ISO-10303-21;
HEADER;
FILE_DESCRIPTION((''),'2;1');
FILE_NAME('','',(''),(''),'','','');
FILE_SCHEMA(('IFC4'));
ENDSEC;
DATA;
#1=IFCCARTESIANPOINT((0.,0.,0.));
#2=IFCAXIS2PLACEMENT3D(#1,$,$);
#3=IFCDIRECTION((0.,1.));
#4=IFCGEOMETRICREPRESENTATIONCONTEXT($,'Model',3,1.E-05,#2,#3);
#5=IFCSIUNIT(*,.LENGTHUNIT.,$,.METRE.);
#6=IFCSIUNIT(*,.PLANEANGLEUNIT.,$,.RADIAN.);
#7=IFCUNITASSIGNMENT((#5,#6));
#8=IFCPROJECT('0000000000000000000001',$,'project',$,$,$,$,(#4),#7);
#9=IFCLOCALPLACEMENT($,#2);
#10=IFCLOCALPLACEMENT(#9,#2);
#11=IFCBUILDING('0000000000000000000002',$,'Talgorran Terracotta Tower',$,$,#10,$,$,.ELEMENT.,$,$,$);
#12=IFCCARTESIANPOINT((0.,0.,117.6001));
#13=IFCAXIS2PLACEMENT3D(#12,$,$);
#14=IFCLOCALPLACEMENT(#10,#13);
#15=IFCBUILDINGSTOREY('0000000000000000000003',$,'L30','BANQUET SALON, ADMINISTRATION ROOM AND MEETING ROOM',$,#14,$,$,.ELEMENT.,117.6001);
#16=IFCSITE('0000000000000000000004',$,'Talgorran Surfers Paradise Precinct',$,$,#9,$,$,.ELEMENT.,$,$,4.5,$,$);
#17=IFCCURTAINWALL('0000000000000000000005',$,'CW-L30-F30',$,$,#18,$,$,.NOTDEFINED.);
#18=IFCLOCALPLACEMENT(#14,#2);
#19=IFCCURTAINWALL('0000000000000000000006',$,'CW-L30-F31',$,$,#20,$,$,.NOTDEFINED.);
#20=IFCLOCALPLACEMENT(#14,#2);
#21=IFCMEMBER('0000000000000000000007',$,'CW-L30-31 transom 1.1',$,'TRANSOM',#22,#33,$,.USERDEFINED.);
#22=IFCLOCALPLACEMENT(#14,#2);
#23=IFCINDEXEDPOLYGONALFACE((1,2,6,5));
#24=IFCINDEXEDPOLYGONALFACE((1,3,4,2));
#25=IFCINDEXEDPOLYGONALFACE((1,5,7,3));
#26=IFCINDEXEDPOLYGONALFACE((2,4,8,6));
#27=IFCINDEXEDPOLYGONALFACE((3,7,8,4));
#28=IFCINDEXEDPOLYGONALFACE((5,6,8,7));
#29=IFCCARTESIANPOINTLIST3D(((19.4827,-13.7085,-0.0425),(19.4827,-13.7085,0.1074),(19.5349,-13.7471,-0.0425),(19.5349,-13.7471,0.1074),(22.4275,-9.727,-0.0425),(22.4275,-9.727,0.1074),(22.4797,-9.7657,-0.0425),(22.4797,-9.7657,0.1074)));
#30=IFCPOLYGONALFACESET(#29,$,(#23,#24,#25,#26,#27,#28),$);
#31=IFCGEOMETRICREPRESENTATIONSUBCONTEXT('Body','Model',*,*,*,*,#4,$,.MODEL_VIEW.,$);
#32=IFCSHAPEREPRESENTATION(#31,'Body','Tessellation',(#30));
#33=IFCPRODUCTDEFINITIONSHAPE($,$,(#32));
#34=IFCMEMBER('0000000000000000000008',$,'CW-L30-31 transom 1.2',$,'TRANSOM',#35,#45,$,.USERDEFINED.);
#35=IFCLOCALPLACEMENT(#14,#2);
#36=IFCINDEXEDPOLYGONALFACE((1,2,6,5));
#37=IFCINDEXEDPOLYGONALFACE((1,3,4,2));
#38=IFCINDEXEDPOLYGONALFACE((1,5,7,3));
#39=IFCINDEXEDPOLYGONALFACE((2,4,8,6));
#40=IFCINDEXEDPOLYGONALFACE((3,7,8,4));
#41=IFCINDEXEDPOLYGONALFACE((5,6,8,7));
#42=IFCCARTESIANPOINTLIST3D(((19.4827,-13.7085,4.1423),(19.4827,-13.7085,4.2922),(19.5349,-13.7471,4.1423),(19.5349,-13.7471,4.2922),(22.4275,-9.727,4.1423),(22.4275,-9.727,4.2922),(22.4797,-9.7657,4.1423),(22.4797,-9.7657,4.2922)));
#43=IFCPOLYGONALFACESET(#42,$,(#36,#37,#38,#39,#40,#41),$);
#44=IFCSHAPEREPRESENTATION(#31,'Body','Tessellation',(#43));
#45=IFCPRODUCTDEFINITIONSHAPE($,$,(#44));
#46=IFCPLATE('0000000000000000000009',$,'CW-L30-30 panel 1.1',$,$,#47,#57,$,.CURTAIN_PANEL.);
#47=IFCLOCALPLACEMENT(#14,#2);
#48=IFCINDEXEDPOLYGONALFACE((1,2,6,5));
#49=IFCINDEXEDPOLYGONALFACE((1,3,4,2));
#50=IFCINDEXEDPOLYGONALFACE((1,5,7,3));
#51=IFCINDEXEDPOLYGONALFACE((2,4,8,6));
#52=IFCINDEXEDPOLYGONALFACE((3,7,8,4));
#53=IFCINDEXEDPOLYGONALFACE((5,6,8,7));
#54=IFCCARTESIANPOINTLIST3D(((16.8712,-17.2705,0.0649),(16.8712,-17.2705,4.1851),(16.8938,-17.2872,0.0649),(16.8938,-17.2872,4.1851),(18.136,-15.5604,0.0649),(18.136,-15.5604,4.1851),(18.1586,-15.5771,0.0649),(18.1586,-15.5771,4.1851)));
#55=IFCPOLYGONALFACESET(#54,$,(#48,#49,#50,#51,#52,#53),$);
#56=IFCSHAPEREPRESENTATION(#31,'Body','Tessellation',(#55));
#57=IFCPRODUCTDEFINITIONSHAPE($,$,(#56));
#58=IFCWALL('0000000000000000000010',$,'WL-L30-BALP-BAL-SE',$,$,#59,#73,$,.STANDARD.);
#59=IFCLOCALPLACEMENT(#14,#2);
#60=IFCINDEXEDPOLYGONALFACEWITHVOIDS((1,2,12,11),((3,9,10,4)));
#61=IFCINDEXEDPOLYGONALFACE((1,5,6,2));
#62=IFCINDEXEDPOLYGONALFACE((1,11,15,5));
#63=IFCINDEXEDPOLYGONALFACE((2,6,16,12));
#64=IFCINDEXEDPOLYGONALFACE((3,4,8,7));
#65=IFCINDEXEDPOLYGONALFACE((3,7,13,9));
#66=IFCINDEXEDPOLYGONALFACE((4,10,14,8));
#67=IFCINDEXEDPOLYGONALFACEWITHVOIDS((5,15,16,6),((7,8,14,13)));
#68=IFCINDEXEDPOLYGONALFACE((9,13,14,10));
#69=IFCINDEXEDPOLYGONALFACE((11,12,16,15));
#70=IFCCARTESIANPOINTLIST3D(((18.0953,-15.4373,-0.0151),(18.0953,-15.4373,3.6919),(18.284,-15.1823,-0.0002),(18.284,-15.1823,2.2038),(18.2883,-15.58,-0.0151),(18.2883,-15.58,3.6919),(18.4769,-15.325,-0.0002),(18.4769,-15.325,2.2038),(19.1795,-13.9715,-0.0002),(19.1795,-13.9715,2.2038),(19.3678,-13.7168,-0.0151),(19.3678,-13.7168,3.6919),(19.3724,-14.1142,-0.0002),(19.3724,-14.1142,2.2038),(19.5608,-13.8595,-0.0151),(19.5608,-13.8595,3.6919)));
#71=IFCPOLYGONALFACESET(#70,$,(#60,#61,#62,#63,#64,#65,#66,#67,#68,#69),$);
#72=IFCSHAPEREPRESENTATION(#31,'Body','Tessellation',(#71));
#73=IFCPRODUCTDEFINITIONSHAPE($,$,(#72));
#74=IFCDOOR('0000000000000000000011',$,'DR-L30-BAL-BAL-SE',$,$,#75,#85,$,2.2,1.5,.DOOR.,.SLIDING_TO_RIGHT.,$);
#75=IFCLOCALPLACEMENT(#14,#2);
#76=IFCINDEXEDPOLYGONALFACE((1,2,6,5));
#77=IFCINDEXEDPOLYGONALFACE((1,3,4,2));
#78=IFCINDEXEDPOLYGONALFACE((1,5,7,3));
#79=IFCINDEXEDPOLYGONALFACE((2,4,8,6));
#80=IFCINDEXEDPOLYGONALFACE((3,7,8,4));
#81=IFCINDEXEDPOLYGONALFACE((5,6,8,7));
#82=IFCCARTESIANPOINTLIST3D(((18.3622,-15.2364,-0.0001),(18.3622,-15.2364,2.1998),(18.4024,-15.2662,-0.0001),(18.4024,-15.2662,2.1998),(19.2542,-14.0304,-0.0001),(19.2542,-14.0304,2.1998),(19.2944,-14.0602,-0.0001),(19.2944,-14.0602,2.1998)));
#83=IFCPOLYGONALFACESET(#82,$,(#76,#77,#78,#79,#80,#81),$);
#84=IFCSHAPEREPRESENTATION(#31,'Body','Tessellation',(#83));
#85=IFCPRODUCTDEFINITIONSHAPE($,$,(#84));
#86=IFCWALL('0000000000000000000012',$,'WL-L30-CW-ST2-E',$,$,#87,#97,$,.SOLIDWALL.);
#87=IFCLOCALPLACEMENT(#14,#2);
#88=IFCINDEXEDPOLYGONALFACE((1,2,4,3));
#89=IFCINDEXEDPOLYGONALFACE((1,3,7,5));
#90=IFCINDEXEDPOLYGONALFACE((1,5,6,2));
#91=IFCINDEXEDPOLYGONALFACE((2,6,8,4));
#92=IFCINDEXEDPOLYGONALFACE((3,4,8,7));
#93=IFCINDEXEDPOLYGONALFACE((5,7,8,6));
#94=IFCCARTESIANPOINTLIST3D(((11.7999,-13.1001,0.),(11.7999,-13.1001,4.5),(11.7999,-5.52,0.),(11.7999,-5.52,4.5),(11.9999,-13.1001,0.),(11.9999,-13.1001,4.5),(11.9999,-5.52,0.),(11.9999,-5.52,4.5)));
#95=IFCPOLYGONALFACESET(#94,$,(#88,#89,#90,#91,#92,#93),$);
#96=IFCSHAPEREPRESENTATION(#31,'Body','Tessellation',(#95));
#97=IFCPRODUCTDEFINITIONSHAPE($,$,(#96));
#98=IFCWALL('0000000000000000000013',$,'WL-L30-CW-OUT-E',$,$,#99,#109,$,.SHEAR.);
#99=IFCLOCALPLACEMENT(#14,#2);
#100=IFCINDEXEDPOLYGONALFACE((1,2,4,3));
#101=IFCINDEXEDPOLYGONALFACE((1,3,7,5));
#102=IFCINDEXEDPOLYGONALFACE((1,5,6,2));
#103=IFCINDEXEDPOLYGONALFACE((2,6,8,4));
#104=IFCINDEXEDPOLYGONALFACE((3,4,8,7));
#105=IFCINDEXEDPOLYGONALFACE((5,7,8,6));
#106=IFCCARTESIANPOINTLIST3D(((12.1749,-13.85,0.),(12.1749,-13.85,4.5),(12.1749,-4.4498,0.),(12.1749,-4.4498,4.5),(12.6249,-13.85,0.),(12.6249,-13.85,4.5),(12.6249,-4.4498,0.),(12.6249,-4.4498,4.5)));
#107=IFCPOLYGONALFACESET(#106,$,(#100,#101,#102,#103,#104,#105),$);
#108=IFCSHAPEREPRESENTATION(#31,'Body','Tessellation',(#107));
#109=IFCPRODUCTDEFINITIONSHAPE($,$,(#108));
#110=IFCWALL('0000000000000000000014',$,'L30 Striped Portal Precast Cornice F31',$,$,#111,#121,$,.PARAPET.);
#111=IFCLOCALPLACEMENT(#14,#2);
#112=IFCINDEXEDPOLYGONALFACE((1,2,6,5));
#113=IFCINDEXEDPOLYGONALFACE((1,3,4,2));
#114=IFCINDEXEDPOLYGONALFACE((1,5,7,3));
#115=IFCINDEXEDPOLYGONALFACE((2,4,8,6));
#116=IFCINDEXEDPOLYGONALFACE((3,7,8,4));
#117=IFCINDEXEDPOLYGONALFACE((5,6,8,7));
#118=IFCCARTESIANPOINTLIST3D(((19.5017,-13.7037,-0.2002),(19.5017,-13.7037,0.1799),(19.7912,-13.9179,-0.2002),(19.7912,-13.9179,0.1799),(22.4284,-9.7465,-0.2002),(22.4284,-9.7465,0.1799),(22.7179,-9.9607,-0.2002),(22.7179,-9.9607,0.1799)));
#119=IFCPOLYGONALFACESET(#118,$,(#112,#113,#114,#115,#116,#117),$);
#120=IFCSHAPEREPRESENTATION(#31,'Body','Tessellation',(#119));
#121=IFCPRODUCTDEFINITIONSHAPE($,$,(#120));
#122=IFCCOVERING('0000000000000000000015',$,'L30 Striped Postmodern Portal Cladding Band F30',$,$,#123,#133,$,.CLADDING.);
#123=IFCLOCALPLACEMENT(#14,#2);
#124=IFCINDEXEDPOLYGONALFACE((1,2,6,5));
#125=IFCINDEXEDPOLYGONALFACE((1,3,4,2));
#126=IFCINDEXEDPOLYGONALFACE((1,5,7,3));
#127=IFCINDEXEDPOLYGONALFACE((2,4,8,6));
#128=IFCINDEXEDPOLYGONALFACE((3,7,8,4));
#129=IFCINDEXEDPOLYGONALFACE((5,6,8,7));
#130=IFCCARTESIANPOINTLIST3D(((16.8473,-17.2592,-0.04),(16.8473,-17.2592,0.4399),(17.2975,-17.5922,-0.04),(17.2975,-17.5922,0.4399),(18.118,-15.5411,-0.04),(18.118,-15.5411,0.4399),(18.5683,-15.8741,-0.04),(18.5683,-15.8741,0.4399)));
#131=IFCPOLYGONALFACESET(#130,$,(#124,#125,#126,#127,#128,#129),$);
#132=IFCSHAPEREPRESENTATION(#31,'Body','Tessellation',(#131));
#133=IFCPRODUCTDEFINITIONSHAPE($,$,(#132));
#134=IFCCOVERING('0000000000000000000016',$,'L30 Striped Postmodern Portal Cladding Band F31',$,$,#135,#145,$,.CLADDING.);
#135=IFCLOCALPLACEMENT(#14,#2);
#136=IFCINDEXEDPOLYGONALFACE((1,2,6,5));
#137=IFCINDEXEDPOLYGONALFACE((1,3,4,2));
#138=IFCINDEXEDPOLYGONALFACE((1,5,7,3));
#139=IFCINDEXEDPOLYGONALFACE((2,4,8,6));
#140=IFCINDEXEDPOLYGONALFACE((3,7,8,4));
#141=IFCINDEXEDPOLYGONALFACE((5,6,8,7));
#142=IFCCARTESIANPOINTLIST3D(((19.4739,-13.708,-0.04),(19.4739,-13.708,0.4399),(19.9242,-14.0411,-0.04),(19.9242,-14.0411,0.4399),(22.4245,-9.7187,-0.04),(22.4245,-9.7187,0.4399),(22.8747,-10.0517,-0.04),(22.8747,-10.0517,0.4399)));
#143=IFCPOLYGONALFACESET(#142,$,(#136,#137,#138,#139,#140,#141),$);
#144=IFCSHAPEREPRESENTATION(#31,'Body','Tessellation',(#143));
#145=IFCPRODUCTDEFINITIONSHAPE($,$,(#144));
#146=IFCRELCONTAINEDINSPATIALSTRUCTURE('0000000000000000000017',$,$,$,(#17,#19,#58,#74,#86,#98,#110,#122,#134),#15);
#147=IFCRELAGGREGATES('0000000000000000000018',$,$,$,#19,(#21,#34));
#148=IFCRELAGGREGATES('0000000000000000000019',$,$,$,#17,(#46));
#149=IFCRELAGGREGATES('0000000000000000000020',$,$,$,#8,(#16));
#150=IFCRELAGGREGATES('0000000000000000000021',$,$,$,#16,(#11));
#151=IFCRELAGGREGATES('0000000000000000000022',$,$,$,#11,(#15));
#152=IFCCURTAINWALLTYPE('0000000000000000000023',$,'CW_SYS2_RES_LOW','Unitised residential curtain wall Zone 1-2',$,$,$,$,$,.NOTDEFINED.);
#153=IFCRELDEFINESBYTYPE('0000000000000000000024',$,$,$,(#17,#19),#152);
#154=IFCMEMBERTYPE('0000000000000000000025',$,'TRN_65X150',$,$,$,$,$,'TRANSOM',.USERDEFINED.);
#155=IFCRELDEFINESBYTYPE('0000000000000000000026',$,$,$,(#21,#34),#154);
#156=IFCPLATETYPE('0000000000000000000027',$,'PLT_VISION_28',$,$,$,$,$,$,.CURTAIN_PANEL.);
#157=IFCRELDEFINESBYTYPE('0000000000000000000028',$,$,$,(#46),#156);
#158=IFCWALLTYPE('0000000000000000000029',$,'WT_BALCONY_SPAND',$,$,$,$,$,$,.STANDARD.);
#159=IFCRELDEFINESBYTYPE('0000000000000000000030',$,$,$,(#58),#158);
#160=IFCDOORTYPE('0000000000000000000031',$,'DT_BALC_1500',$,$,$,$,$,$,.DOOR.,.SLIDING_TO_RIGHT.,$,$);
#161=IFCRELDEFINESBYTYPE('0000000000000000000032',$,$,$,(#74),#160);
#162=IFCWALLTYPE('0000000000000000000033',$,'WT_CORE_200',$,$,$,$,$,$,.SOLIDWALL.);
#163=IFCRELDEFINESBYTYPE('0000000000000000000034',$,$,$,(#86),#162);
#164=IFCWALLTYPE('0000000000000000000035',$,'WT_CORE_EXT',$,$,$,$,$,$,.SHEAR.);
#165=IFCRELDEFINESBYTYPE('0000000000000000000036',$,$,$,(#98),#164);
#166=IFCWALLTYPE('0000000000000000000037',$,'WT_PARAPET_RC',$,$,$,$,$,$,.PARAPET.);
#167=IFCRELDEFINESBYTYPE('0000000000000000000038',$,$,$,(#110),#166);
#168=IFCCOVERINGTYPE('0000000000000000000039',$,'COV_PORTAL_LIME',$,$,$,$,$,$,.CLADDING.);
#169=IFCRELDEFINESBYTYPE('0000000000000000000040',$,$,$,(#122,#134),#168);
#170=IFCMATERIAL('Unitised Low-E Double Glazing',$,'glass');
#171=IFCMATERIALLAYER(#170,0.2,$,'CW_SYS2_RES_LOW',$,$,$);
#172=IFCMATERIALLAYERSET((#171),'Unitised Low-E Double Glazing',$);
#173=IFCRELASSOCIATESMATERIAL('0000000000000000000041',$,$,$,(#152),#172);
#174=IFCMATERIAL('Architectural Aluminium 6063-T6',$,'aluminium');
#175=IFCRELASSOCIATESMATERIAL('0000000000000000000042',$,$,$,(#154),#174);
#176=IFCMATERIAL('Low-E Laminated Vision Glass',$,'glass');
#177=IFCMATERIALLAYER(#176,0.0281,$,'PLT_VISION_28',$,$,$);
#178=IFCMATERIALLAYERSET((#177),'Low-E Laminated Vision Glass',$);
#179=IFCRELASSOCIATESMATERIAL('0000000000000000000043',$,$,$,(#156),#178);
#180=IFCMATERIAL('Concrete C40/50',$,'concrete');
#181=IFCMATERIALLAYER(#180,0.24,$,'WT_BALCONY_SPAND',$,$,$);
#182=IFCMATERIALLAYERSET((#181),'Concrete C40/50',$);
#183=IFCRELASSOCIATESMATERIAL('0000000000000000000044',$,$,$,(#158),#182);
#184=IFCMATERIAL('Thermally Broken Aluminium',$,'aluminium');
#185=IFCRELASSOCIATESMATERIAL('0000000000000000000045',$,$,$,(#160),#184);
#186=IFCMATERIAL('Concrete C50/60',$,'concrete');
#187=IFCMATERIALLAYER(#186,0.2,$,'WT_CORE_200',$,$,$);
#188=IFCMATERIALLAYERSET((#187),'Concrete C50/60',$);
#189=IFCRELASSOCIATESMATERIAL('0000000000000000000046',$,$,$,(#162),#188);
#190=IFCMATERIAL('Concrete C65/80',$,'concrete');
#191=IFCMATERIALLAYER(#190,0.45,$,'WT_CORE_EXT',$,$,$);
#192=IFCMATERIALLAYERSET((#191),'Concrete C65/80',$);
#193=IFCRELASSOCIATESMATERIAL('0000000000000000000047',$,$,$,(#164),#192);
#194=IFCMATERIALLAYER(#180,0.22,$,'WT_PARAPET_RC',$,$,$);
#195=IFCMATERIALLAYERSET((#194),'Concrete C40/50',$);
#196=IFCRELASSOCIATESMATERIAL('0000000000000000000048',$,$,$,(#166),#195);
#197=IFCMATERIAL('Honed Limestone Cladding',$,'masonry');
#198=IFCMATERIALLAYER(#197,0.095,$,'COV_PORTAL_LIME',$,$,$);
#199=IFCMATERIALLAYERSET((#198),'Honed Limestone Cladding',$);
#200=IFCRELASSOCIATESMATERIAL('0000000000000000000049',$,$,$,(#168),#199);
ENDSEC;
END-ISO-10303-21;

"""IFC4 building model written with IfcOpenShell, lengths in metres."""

from ifc_helpers import new_model, si_unit, direction, frame, frame_2d, origin, origin_2d, place, context, subcontext, project, spatial, rectangle, extrude, source, transform, mapped, material, layer, layer_set, material_profile, profile_set, type_object, type_shapes, element, fill, aggregate, save


model = new_model("IFC4")

# Units and contexts
model_context = context("Model", 3, precision=1e-05, world=origin(), true_north=direction((0.0, 1.0)))
body_context = subcontext(model_context, "Body", "Model", "MODEL_VIEW")
ifc_project = project(units=[si_unit("LENGTHUNIT", "METRE"), si_unit("PLANEANGLEUNIT", "RADIAN")], contexts=[model_context])

# Site, building, storey
site_placement = place(None, origin())
site = spatial("IfcSite", under=ifc_project, at=site_placement, Name="Talgorran Surfers Paradise Precinct", CompositionType="ELEMENT", RefElevation=4.5)
building_placement = place(site_placement, origin())
building = spatial("IfcBuilding", under=site, at=building_placement, Name="Talgorran Terracotta Tower", CompositionType="ELEMENT")
storey_placement = place(building_placement, frame((0.0, 0.0, 117.6001)))
storey = spatial("IfcBuildingStorey", under=building, at=storey_placement, Name="L30", Description="BANQUET SALON, ADMINISTRATION ROOM AND MEETING ROOM", CompositionType="ELEMENT", Elevation=117.6001)

# Shared definitions
ifc_material_1 = material(Name="Unitised Low-E Double Glazing", Category="glass")
ifc_layer_1 = layer(ifc_material_1, 0.2, Name="CW_SYS2_RES_LOW")
ifc_layer_set_1 = layer_set([ifc_layer_1], Name="Unitised Low-E Double Glazing")
curtain_wall_type = type_object("IfcCurtainWallType", Name="CW_SYS2_RES_LOW", Description="Unitised residential curtain wall Zone 1-2", PredefinedType="NOTDEFINED", material=ifc_layer_set_1)
ifc_material_2 = material(Name="Architectural Aluminium 6063-T6", Category="aluminium")

# Curtain wall
curtain_wall_1_placement = place(storey_placement, origin())
curtain_wall_1 = element("IfcCurtainWall", 1, at=curtain_wall_1_placement, inside=storey, type_object=curtain_wall_type, Name="CW-L30-F30", PredefinedType="NOTDEFINED")

# Curtain wall
curtain_wall_2_placement = place(storey_placement, origin())
curtain_wall_2 = element("IfcCurtainWall", 2, at=curtain_wall_2_placement, inside=storey, type_object=curtain_wall_type, Name="CW-L30-F31", PredefinedType="NOTDEFINED")

# Members
ifc_material_profile_1 = material_profile(ifc_material_2, rectangle(XDim=0.0649, YDim=0.1499, at=origin_2d()), Name="CWT65X150")
ifc_profile_set_1 = profile_set([ifc_material_profile_1], Name="Architectural Aluminium 6063-T6")
member_type_1 = type_object("IfcMemberType", Name="TRN_65X150", ElementType="TRANSOM", PredefinedType="USERDEFINED", material=ifc_profile_set_1)
member_1_placement = place(storey_placement, frame((19.5088, -13.7278, 0.0325), z_axis=(0.594654, 0.803981, 0.0), x_axis=(-0.803981, 0.594654, 0.0)))
member_1 = element("IfcMember", 3, at=member_1_placement, type_object=member_type_1, Name="CW-L30-31 transom 1.1", ObjectType="TRANSOM", PredefinedType="USERDEFINED", context=body_context, shape_type="SweptSolid", body=[
    extrude(rectangle(XDim=0.0649, YDim=0.1499, at=origin_2d()), origin(), (0.0, 0.0, 1.0), 4.9521),
])
member_2_placement = place(storey_placement, frame((19.5088, -13.7278, 4.2173), z_axis=(0.594654, 0.803981, 0.0), x_axis=(-0.803981, 0.594654, 0.0)))
member_2 = element("IfcMember", 4, at=member_2_placement, type_object=member_type_1, Name="CW-L30-31 transom 1.2", ObjectType="TRANSOM", PredefinedType="USERDEFINED", context=body_context, shape_type="SweptSolid", body=[
    extrude(rectangle(XDim=0.0649, YDim=0.1499, at=origin_2d()), origin(), (0.0, 0.0, 1.0), 4.9521),
])
aggregate(curtain_wall_2, [member_1, member_2])

# Plate
ifc_material_3 = material(Name="Low-E Laminated Vision Glass", Category="glass")
ifc_layer_2 = layer(ifc_material_3, 0.0281, Name="PLT_VISION_28")
ifc_layer_set_2 = layer_set([ifc_layer_2], Name="Low-E Laminated Vision Glass")
plate_type = type_object("IfcPlateType", Name="PLT_VISION_28", PredefinedType="CURTAIN_PANEL", material=ifc_layer_set_2)
shared_shape = source(origin(), body_context, "Body", "SweptSolid", [
    extrude(rectangle(XDim=2.127, YDim=0.0281, at=origin_2d()), origin(), (0.0, 0.0, 1.0), 4.1201),
])
type_shapes(plate_type, [shared_shape])
plate_placement = place(storey_placement, frame((17.5149, -16.4238, 0.0649), z_axis=(0.0, 0.0, 1.0), x_axis=(0.594634, 0.803997, 0.0)))
plate = element("IfcPlate", 5, at=plate_placement, type_object=plate_type, Name="CW-L30-30 panel 1.1", PredefinedType="CURTAIN_PANEL", context=body_context, shape_type="MappedRepresentation", body=[
    mapped(shared_shape, transform((0.0, 0.0, 0.0), scale=1.0)),
])
aggregate(curtain_wall_1, [plate])

# Wall, opening, door
ifc_material_4 = material(Name="Concrete C40/50", Category="concrete")
ifc_layer_3 = layer(ifc_material_4, 0.24, Name="WT_BALCONY_SPAND")
ifc_layer_set_3 = layer_set([ifc_layer_3], Name="Concrete C40/50")
wall_type_1 = type_object("IfcWallType", Name="WT_BALCONY_SPAND", PredefinedType="STANDARD", material=ifc_layer_set_3)
wall_1_placement = place(storey_placement, frame((18.1919, -15.5085, -0.0151), z_axis=(0.0, 0.0, 1.0), x_axis=(0.594638, 0.803994, 0.0)))
wall_1 = element("IfcWall", 6, at=wall_1_placement, inside=storey, type_object=wall_type_1, Name="WL-L30-BALP-BAL-SE", PredefinedType="STANDARD", context=body_context, shape_type="SweptSolid", body=[
    extrude(rectangle(XDim=2.1399, YDim=0.24, at=frame_2d((1.0698, 0.0))), origin(), (0.0, 0.0, 1.0), 3.707),
])
opening_placement = place(wall_1_placement, frame((0.3201, 0.0, 0.0149)))
opening = element("IfcOpeningElement", 7, at=opening_placement, cuts=wall_1, PredefinedType="OPENING", context=body_context, shape_type="SweptSolid", body=[
    extrude(rectangle(XDim=1.506, YDim=2.204, at=frame_2d((0.75, 1.1021))), frame((0.0, 0.1299, 0.0), z_axis=(0.0, -1.0, 0.0), x_axis=(1.0, 0.0, 0.0)), (0.0, 0.0, 1.0), 0.26),
])
ifc_material_5 = material(Name="Thermally Broken Aluminium", Category="aluminium")
door_type = type_object("IfcDoorType", Name="DT_BALC_1500", OperationType="SLIDING_TO_RIGHT", PredefinedType="DOOR", material=ifc_material_5)
door_placement = place(opening_placement, origin())
door = element("IfcDoor", 8, at=door_placement, inside=storey, type_object=door_type, Name="DR-L30-BAL-BAL-SE", OperationType="SLIDING_TO_RIGHT", OverallHeight=2.2, OverallWidth=1.5, PredefinedType="DOOR", context=body_context, shape_type="SweptSolid", body=[
    extrude(rectangle(XDim=1.5, YDim=2.2, at=frame_2d((0.75, 1.1001))), frame((0.0, 0.0249, 0.0), z_axis=(0.0, -1.0, 0.0), x_axis=(1.0, 0.0, 0.0)), (0.0, 0.0, 1.0), 0.05),
])
fill(opening, door)

# Walls
ifc_material_6 = material(Name="Concrete C50/60", Category="concrete")
ifc_layer_4 = layer(ifc_material_6, 0.2, Name="WT_CORE_200")
ifc_layer_set_4 = layer_set([ifc_layer_4], Name="Concrete C50/60")
wall_type_2 = type_object("IfcWallType", Name="WT_CORE_200", PredefinedType="SOLIDWALL", material=ifc_layer_set_4)
wall_2_placement = place(storey_placement, frame((11.8999, -13.1001, 0.0), z_axis=(0.0, 0.0, 1.0), x_axis=(0.0, 1.0, 0.0)))
element("IfcWall", 9, at=wall_2_placement, inside=storey, type_object=wall_type_2, Name="WL-L30-CW-ST2-E", PredefinedType="SOLIDWALL", context=body_context, shape_type="SweptSolid", body=[
    extrude(rectangle(XDim=7.5801, YDim=0.2, at=frame_2d((3.79, 0.0))), origin(), (0.0, 0.0, 1.0), 4.5),
])
ifc_material_7 = material(Name="Concrete C65/80", Category="concrete")
ifc_layer_5 = layer(ifc_material_7, 0.45, Name="WT_CORE_EXT")
ifc_layer_set_5 = layer_set([ifc_layer_5], Name="Concrete C65/80")
wall_type_3 = type_object("IfcWallType", Name="WT_CORE_EXT", PredefinedType="SHEAR", material=ifc_layer_set_5)
wall_3_placement = place(storey_placement, frame((12.3999, -13.8501, 0.0), z_axis=(0.0, 0.0, 1.0), x_axis=(0.0, 1.0, 0.0)))
element("IfcWall", 10, at=wall_3_placement, inside=storey, type_object=wall_type_3, Name="WL-L30-CW-OUT-E", PredefinedType="SHEAR", context=body_context, shape_type="SweptSolid", body=[
    extrude(rectangle(XDim=9.4001, YDim=0.45, at=frame_2d((4.7002, 0.0))), origin(), (0.0, 0.0, 1.0), 4.5),
])
ifc_layer_6 = layer(ifc_material_4, 0.22, Name="WT_PARAPET_RC")
ifc_layer_set_6 = layer_set([ifc_layer_6], Name="Concrete C40/50")
wall_type_4 = type_object("IfcWallType", Name="WT_PARAPET_RC", PredefinedType="PARAPET", material=ifc_layer_set_6)
wall_4_placement = place(storey_placement, frame((19.6465, -13.8108, -0.2002), z_axis=(0.0, 0.0, 1.0), x_axis=(0.59463, 0.804, 0.0)))
element("IfcWall", 11, at=wall_4_placement, inside=storey, type_object=wall_type_4, Name="L30 Striped Portal Precast Cornice F31", PredefinedType="PARAPET", context=body_context, shape_type="SweptSolid", body=[
    extrude(rectangle(XDim=4.9219, YDim=0.3601, at=frame_2d((2.4609, 0.0))), origin(), (0.0, 0.0, 1.0), 0.3801),
])

# Coverings
ifc_material_8 = material(Name="Honed Limestone Cladding", Category="masonry")
ifc_layer_7 = layer(ifc_material_8, 0.095, Name="COV_PORTAL_LIME")
ifc_layer_set_7 = layer_set([ifc_layer_7], Name="Honed Limestone Cladding")
covering_type = type_object("IfcCoveringType", Name="COV_PORTAL_LIME", PredefinedType="CLADDING", material=ifc_layer_set_7)
covering_1_placement = place(storey_placement, frame((17.7078, -16.5667, -0.04), z_axis=(0.0, 0.0, 1.0), x_axis=(0.59464, 0.803992, 0.0)))
element("IfcCovering", 12, at=covering_1_placement, inside=storey, type_object=covering_type, Name="L30 Striped Postmodern Portal Cladding Band F30", PredefinedType="CLADDING", context=body_context, shape_type="SweptSolid", body=[
    extrude(rectangle(XDim=2.137, YDim=0.5601, at=origin_2d()), origin(), (0.0, 0.0, 1.0), 0.48),
])
covering_2_placement = place(storey_placement, frame((21.1743, -11.8799, -0.04), z_axis=(0.0, 0.0, 1.0), x_axis=(0.59464, 0.803992, 0.0)))
element("IfcCovering", 13, at=covering_2_placement, inside=storey, type_object=covering_type, Name="L30 Striped Postmodern Portal Cladding Band F31", PredefinedType="CLADDING", context=body_context, shape_type="SweptSolid", body=[
    extrude(rectangle(XDim=4.9619, YDim=0.5601, at=origin_2d()), origin(), (0.0, 0.0, 1.0), 0.48),
])

save(model, "model.ifc")
